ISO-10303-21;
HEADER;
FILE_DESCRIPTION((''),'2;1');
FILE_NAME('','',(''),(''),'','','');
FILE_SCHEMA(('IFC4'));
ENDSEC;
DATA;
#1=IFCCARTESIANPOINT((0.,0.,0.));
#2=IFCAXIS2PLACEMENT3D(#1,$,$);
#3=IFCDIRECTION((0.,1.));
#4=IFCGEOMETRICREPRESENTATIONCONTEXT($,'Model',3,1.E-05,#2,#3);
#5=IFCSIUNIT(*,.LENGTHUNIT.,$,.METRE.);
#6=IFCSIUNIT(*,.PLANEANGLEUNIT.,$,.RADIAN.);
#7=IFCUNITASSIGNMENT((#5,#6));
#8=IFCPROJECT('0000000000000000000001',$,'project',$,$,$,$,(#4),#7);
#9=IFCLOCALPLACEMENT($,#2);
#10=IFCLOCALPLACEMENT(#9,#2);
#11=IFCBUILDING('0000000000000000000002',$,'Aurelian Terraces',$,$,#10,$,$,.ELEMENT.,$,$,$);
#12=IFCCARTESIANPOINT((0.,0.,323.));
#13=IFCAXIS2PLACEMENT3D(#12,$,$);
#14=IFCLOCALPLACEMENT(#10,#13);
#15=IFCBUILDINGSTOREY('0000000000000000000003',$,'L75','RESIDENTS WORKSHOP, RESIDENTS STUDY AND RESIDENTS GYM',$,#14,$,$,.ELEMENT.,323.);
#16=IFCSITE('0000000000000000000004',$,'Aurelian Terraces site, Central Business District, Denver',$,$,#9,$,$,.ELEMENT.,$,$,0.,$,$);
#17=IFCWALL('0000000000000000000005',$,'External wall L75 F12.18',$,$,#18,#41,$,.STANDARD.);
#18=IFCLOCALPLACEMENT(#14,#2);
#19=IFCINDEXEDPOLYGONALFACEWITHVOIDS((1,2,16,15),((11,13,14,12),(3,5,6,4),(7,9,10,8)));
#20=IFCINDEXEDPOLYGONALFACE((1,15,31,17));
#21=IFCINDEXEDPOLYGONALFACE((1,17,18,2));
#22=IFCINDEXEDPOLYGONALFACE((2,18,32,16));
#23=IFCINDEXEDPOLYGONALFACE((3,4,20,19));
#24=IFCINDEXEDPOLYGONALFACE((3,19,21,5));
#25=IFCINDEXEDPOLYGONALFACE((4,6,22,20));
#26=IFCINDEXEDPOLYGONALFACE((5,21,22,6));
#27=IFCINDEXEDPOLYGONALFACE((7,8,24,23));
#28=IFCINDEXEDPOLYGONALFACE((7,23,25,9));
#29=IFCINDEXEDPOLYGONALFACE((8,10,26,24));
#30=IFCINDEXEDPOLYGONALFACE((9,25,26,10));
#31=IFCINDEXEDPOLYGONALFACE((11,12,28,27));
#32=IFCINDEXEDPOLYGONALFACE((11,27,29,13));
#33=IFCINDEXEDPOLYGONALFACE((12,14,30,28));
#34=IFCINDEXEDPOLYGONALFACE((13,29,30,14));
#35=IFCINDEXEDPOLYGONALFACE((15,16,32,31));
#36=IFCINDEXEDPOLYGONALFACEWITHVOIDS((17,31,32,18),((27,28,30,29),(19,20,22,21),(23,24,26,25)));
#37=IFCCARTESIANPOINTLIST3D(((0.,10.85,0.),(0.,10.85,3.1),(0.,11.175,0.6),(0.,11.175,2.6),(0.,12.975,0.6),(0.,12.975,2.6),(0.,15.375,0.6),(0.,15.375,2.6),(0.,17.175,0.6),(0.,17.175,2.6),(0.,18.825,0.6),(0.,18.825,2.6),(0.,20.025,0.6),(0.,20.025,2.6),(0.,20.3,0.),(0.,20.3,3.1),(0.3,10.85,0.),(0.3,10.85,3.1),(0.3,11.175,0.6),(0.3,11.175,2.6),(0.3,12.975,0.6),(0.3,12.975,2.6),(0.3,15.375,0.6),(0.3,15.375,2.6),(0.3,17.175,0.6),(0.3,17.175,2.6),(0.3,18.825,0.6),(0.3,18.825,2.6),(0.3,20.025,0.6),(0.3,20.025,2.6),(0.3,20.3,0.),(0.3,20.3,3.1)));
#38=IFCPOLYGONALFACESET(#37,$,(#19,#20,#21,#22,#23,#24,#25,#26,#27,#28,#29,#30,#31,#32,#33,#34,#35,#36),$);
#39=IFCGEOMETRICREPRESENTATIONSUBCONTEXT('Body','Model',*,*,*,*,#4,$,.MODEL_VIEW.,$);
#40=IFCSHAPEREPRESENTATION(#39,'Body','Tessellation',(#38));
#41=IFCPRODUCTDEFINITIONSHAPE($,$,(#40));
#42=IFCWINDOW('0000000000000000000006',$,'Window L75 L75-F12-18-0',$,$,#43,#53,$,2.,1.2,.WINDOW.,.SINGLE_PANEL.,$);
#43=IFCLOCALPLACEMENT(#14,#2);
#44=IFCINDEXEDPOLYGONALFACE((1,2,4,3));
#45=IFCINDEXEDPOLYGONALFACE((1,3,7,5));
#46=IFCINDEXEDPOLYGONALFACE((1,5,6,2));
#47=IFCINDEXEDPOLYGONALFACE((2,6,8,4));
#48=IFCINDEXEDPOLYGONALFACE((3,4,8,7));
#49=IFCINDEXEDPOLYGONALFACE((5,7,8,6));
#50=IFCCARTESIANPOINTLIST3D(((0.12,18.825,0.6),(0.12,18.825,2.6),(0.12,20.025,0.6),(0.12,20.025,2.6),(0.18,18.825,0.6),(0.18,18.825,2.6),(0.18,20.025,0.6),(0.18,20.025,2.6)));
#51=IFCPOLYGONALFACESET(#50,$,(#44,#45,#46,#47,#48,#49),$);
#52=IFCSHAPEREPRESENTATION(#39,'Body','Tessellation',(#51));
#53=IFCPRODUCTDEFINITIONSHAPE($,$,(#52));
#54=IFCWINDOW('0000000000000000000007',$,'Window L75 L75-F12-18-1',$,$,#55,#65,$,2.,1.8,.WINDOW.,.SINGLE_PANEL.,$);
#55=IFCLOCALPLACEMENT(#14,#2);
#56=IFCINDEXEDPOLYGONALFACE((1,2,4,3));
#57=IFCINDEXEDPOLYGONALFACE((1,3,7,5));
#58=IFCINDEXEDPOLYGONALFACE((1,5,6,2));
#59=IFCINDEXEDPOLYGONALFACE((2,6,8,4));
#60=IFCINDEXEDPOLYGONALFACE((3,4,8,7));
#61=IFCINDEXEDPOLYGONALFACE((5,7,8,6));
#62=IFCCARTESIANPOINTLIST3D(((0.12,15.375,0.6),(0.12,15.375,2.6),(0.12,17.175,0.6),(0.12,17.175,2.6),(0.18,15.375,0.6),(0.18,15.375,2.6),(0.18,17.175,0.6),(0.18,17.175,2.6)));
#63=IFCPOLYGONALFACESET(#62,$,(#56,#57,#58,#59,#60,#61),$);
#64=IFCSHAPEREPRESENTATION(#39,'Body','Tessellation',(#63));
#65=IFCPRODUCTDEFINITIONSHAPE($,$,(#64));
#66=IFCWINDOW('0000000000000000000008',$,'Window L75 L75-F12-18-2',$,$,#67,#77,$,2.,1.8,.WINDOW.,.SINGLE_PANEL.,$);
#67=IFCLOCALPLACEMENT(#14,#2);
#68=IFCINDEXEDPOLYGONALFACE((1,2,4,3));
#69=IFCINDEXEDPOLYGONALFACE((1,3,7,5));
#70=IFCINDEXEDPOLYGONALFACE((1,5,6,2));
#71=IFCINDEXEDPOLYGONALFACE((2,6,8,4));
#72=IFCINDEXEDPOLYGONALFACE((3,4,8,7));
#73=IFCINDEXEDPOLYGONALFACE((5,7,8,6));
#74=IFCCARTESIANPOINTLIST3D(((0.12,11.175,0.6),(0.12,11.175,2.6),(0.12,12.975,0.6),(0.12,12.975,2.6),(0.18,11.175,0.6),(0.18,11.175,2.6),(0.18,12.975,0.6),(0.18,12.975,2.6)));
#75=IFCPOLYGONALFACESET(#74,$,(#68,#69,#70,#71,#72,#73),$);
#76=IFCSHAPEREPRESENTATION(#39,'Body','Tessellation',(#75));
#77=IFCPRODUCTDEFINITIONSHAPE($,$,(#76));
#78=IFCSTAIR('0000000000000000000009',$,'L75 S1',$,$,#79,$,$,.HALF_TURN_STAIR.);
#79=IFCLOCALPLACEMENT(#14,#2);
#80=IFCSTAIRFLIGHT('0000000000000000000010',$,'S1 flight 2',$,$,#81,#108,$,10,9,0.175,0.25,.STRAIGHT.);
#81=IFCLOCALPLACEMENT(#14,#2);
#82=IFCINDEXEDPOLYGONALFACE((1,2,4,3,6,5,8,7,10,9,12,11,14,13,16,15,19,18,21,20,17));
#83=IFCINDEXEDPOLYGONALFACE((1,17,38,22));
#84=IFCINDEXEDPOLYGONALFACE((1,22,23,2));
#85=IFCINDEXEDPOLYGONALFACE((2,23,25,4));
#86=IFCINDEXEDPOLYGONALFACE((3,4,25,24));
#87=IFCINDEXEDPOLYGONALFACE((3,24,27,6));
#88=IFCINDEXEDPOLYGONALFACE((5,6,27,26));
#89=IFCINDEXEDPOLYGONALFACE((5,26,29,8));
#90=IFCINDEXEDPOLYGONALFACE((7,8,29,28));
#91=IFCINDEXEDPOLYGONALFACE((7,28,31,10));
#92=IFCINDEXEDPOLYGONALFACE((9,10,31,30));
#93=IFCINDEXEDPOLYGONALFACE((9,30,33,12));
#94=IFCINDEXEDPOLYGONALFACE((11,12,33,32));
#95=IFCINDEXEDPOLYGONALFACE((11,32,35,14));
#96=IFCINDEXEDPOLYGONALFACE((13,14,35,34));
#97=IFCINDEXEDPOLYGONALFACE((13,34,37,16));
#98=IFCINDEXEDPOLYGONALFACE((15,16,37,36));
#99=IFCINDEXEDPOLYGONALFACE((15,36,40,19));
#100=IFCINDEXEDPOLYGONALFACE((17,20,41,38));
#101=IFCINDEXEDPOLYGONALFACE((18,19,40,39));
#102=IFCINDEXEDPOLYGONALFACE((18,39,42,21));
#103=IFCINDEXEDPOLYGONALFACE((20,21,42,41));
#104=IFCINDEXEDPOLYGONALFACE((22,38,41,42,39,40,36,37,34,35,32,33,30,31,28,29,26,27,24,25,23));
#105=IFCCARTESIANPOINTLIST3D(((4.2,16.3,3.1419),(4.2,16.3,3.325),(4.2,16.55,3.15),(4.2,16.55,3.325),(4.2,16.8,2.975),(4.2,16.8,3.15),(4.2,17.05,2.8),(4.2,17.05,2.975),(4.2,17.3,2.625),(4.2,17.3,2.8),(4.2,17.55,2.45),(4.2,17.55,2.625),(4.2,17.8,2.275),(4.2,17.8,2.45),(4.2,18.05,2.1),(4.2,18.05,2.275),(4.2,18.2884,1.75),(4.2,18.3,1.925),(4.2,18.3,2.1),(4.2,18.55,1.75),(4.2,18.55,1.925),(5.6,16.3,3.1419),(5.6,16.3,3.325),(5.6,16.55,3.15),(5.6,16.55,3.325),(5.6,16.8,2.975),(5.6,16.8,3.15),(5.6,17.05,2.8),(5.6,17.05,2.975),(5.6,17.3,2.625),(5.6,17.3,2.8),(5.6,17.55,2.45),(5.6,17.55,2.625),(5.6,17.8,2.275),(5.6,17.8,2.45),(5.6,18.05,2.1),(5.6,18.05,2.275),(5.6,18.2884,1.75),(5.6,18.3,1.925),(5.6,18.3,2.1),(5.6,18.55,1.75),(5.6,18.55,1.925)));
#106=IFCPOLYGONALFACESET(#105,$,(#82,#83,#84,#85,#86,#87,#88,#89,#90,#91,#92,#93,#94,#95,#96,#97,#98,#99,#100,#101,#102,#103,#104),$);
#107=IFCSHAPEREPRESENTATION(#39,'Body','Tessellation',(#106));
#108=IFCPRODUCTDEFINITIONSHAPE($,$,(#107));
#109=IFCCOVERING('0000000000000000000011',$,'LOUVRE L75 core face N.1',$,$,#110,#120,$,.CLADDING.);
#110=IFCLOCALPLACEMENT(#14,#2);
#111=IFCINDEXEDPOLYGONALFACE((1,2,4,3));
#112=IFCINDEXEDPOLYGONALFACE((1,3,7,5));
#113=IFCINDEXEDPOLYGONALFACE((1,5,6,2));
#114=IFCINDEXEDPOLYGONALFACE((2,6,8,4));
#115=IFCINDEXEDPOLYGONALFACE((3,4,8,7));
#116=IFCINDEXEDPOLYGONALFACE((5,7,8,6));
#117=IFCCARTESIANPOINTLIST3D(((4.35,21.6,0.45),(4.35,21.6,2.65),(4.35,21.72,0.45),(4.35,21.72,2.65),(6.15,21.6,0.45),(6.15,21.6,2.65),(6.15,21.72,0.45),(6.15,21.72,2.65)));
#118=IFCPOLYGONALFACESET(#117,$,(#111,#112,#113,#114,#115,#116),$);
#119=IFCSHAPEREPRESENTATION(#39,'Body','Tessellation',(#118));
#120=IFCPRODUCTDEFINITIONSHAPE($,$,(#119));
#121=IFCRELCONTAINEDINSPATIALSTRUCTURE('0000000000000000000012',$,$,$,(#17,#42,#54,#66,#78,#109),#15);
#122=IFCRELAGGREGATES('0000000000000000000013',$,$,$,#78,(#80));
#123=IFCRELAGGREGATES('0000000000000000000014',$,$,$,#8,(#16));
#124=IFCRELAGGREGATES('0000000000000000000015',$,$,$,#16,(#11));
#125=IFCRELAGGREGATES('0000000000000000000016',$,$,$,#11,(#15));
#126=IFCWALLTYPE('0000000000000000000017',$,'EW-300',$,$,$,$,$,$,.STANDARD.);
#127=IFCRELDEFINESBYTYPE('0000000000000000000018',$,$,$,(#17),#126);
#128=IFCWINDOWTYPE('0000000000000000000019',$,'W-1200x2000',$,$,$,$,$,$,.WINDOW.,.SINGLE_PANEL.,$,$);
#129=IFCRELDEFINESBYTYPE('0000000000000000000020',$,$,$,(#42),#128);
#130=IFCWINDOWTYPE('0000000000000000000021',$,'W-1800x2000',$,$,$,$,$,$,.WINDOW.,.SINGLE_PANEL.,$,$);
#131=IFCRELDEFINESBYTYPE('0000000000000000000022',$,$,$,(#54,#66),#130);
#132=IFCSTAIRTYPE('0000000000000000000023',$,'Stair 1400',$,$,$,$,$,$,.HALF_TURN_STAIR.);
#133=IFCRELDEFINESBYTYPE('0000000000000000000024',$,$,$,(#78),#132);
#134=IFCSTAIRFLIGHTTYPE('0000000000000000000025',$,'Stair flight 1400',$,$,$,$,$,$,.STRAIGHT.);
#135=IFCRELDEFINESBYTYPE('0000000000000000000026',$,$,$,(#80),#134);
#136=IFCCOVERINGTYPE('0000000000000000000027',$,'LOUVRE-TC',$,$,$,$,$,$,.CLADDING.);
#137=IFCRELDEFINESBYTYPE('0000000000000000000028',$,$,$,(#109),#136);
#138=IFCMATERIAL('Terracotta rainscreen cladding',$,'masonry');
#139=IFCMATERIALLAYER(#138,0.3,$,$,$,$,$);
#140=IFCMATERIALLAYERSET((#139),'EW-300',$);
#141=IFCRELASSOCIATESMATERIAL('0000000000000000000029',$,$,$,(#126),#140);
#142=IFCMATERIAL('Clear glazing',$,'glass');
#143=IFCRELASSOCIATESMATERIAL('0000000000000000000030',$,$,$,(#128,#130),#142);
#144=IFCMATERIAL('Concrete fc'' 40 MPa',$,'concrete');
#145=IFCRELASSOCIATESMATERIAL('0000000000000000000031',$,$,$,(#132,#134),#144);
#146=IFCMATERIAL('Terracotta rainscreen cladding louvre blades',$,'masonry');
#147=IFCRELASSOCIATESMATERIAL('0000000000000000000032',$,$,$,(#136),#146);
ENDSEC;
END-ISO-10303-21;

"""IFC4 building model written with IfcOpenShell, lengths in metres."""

from ifc_helpers import new_model, si_unit, direction, frame, frame_2d, origin, origin_2d, place, context, subcontext, project, spatial, polyline, rectangle, outline, extrude, source, transform, mapped, material, layer, layer_set, type_object, element, fill, aggregate, save


model = new_model("IFC4")

# Units and contexts
model_context = context("Model", 3, precision=1e-05, world=origin(), true_north=direction((0.0, 1.0)))
body_context = subcontext(model_context, "Body", "Model", "MODEL_VIEW")
ifc_project = project(units=[si_unit("LENGTHUNIT", "METRE"), si_unit("PLANEANGLEUNIT", "RADIAN")], contexts=[model_context])

# Site, building, storey
site_placement = place(None, origin())
site = spatial("IfcSite", under=ifc_project, at=site_placement, Name="Aurelian Terraces site, Central Business District, Denver", CompositionType="ELEMENT", RefElevation=0.0)
building_placement = place(site_placement, origin())
building = spatial("IfcBuilding", under=site, at=building_placement, Name="Aurelian Terraces", CompositionType="ELEMENT")
storey_placement = place(building_placement, frame((0.0, 0.0, 323.0)))
storey = spatial("IfcBuildingStorey", under=building, at=storey_placement, Name="L75", Description="RESIDENTS WORKSHOP, RESIDENTS STUDY AND RESIDENTS GYM", CompositionType="ELEMENT", Elevation=323.0)

# Shared definitions
ifc_material_1 = material(Name="Terracotta rainscreen cladding", Category="masonry")
ifc_layer_1 = layer(ifc_material_1, 0.3)
ifc_layer_set_1 = layer_set([ifc_layer_1], Name="EW-300")
wall_type_1 = type_object("IfcWallType", Name="EW-300", PredefinedType="STANDARD", material=ifc_layer_set_1)
ifc_material_2 = material(Name="Clear glazing", Category="glass")

# Wall, openings, windows
shared_shape_1 = source(origin(), body_context, "Body", "SweptSolid", [
    extrude(rectangle(XDim=9.45, YDim=0.3, at=frame_2d((4.725, 0.0))), origin(), (0.0, 0.0, 1.0), 3.1),
])
wall_1_placement = place(storey_placement, frame((0.15, 20.3, 0.0), z_axis=(0.0, 0.0, 1.0), x_axis=(0.0, -1.0, 0.0)))
wall_1 = element("IfcWall", 1, at=wall_1_placement, inside=storey, type_object=wall_type_1, Name="External wall L75 F12.18", PredefinedType="STANDARD", context=body_context, shape_type="MappedRepresentation", body=[
    mapped(shared_shape_1, transform((0.0, 0.0, 0.0), scale=1.0)),
])
shared_shape_2 = source(origin(), body_context, "Body", "SweptSolid", [
    extrude(rectangle(XDim=1.2, YDim=2.0, at=frame_2d((0.6, 1.0))), frame((0.0, 0.16, 0.0), z_axis=(0.0, -1.0, 0.0), x_axis=(1.0, 0.0, 0.0)), (0.0, 0.0, 1.0), 0.32),
])
opening_1_placement = place(wall_1_placement, frame((0.275, 0.0, 0.6)))
opening_1 = element("IfcOpeningElement", 2, at=opening_1_placement, cuts=wall_1, PredefinedType="OPENING", context=body_context, shape_type="MappedRepresentation", body=[
    mapped(shared_shape_2, transform((0.0, 0.0, 0.0), scale=1.0)),
])
shared_shape_3 = source(origin(), body_context, "Body", "SweptSolid", [
    extrude(rectangle(XDim=1.8, YDim=2.0, at=frame_2d((0.9, 1.0))), frame((0.0, 0.16, 0.0), z_axis=(0.0, -1.0, 0.0), x_axis=(1.0, 0.0, 0.0)), (0.0, 0.0, 1.0), 0.32),
])
opening_2_placement = place(wall_1_placement, frame((3.125, 0.0, 0.6)))
opening_2 = element("IfcOpeningElement", 3, at=opening_2_placement, cuts=wall_1, PredefinedType="OPENING", context=body_context, shape_type="MappedRepresentation", body=[
    mapped(shared_shape_3, transform((0.0, 0.0, 0.0), scale=1.0)),
])
opening_3_placement = place(wall_1_placement, frame((7.325, 0.0, 0.6)))
opening_3 = element("IfcOpeningElement", 4, at=opening_3_placement, cuts=wall_1, PredefinedType="OPENING", context=body_context, shape_type="MappedRepresentation", body=[
    mapped(shared_shape_3, transform((0.0, 0.0, 0.0), scale=1.0)),
])
window_type_1 = type_object("IfcWindowType", Name="W-1200x2000", PartitioningType="SINGLE_PANEL", PredefinedType="WINDOW", material=ifc_material_2)
shared_shape_4 = source(origin(), body_context, "Body", "SweptSolid", [
    extrude(rectangle(XDim=1.2, YDim=2.0, at=frame_2d((0.6, 1.0))), frame((0.0, 0.03, 0.0), z_axis=(0.0, -1.0, 0.0), x_axis=(1.0, 0.0, 0.0)), (0.0, 0.0, 1.0), 0.06),
])
window_1_placement = place(opening_1_placement, origin())
window_1 = element("IfcWindow", 5, at=window_1_placement, inside=storey, type_object=window_type_1, Name="Window L75 L75-F12-18-0", OverallHeight=2.0, OverallWidth=1.2, PartitioningType="SINGLE_PANEL", PredefinedType="WINDOW", context=body_context, shape_type="MappedRepresentation", body=[
    mapped(shared_shape_4, transform((0.0, 0.0, 0.0), scale=1.0)),
])
fill(opening_1, window_1)
window_type_2 = type_object("IfcWindowType", Name="W-1800x2000", PartitioningType="SINGLE_PANEL", PredefinedType="WINDOW", material=ifc_material_2)
shared_shape_5 = source(origin(), body_context, "Body", "SweptSolid", [
    extrude(rectangle(XDim=1.8, YDim=2.0, at=frame_2d((0.9, 1.0))), frame((0.0, 0.03, 0.0), z_axis=(0.0, -1.0, 0.0), x_axis=(1.0, 0.0, 0.0)), (0.0, 0.0, 1.0), 0.06),
])
window_2_placement = place(opening_2_placement, origin())
window_2 = element("IfcWindow", 6, at=window_2_placement, inside=storey, type_object=window_type_2, Name="Window L75 L75-F12-18-1", OverallHeight=2.0, OverallWidth=1.8, PartitioningType="SINGLE_PANEL", PredefinedType="WINDOW", context=body_context, shape_type="MappedRepresentation", body=[
    mapped(shared_shape_5, transform((0.0, 0.0, 0.0), scale=1.0)),
])
fill(opening_2, window_2)
window_3_placement = place(opening_3_placement, origin())
window_3 = element("IfcWindow", 7, at=window_3_placement, inside=storey, type_object=window_type_2, Name="Window L75 L75-F12-18-2", OverallHeight=2.0, OverallWidth=1.8, PartitioningType="SINGLE_PANEL", PredefinedType="WINDOW", context=body_context, shape_type="MappedRepresentation", body=[
    mapped(shared_shape_5, transform((0.0, 0.0, 0.0), scale=1.0)),
])
fill(opening_3, window_3)

# Stair, stair flight
ifc_material_3 = material(Name="Concrete fc' 40 MPa", Category="concrete")
stair_type = type_object("IfcStairType", Name="Stair 1400", PredefinedType="HALF_TURN_STAIR", material=ifc_material_3)
stair_placement = place(storey_placement, origin())
stair = element("IfcStair", 8, at=stair_placement, inside=storey, type_object=stair_type, Name="L75 S1", PredefinedType="HALF_TURN_STAIR")
stair_flight_type = type_object("IfcStairFlightType", Name="Stair flight 1400", PredefinedType="STRAIGHT", material=ifc_material_3)
shared_shape_6 = source(origin(), body_context, "Body", "SweptSolid", [
    extrude(outline(polyline([(0.0, 0.0), (0.0, 0.175), (0.25, 0.175), (0.25, 0.35), (0.5, 0.35), (0.5, 0.525), (0.75, 0.525), (0.75, 0.7), (1.0, 0.7), (1.0, 0.875), (1.25, 0.875), (1.25, 1.05), (1.5, 1.05), (1.5, 1.225), (1.75, 1.225), (1.75, 1.4), (2.0, 1.4), (2.0, 1.575), (2.25, 1.575), (2.25, 1.75), (2.25, 1.3919), (0.2616, 0.0), (0.0, 0.0)])), frame((0.0, 0.7, 0.0), z_axis=(0.0, -1.0, 0.0), x_axis=(1.0, 0.0, 0.0)), (0.0, 0.0, 1.0), 1.4),
])
stair_flight_placement = place(storey_placement, frame((4.9, 18.55, 1.75), z_axis=(0.0, 0.0, 1.0), x_axis=(0.0, -1.0, 0.0)))
stair_flight = element("IfcStairFlight", 9, at=stair_flight_placement, type_object=stair_flight_type, Name="S1 flight 2", NumberOfRisers=10, NumberOfTreads=9, PredefinedType="STRAIGHT", RiserHeight=0.175, TreadLength=0.25, context=body_context, shape_type="MappedRepresentation", body=[
    mapped(shared_shape_6, transform((0.0, 0.0, 0.0), scale=1.0)),
])
aggregate(stair, [stair_flight])

# Covering
ifc_material_4 = material(Name="Terracotta rainscreen cladding louvre blades", Category="masonry")
covering_type = type_object("IfcCoveringType", Name="LOUVRE-TC", PredefinedType="CLADDING", material=ifc_material_4)
shared_shape_7 = source(origin(), body_context, "Body", "SweptSolid", [
    extrude(rectangle(XDim=1.8, YDim=0.12, at=origin_2d()), origin(), (0.0, 0.0, 1.0), 2.2),
])
covering_placement = place(storey_placement, frame((5.25, 21.66, 0.45), z_axis=(0.0, 0.0, 1.0), x_axis=(1.0, 0.0, 0.0)))
element("IfcCovering", 10, at=covering_placement, inside=storey, type_object=covering_type, Name="LOUVRE L75 core face N.1", PredefinedType="CLADDING", context=body_context, shape_type="MappedRepresentation", body=[
    mapped(shared_shape_7, transform((0.0, 0.0, 0.0), scale=1.0)),
])

save(model, "model.ifc")
